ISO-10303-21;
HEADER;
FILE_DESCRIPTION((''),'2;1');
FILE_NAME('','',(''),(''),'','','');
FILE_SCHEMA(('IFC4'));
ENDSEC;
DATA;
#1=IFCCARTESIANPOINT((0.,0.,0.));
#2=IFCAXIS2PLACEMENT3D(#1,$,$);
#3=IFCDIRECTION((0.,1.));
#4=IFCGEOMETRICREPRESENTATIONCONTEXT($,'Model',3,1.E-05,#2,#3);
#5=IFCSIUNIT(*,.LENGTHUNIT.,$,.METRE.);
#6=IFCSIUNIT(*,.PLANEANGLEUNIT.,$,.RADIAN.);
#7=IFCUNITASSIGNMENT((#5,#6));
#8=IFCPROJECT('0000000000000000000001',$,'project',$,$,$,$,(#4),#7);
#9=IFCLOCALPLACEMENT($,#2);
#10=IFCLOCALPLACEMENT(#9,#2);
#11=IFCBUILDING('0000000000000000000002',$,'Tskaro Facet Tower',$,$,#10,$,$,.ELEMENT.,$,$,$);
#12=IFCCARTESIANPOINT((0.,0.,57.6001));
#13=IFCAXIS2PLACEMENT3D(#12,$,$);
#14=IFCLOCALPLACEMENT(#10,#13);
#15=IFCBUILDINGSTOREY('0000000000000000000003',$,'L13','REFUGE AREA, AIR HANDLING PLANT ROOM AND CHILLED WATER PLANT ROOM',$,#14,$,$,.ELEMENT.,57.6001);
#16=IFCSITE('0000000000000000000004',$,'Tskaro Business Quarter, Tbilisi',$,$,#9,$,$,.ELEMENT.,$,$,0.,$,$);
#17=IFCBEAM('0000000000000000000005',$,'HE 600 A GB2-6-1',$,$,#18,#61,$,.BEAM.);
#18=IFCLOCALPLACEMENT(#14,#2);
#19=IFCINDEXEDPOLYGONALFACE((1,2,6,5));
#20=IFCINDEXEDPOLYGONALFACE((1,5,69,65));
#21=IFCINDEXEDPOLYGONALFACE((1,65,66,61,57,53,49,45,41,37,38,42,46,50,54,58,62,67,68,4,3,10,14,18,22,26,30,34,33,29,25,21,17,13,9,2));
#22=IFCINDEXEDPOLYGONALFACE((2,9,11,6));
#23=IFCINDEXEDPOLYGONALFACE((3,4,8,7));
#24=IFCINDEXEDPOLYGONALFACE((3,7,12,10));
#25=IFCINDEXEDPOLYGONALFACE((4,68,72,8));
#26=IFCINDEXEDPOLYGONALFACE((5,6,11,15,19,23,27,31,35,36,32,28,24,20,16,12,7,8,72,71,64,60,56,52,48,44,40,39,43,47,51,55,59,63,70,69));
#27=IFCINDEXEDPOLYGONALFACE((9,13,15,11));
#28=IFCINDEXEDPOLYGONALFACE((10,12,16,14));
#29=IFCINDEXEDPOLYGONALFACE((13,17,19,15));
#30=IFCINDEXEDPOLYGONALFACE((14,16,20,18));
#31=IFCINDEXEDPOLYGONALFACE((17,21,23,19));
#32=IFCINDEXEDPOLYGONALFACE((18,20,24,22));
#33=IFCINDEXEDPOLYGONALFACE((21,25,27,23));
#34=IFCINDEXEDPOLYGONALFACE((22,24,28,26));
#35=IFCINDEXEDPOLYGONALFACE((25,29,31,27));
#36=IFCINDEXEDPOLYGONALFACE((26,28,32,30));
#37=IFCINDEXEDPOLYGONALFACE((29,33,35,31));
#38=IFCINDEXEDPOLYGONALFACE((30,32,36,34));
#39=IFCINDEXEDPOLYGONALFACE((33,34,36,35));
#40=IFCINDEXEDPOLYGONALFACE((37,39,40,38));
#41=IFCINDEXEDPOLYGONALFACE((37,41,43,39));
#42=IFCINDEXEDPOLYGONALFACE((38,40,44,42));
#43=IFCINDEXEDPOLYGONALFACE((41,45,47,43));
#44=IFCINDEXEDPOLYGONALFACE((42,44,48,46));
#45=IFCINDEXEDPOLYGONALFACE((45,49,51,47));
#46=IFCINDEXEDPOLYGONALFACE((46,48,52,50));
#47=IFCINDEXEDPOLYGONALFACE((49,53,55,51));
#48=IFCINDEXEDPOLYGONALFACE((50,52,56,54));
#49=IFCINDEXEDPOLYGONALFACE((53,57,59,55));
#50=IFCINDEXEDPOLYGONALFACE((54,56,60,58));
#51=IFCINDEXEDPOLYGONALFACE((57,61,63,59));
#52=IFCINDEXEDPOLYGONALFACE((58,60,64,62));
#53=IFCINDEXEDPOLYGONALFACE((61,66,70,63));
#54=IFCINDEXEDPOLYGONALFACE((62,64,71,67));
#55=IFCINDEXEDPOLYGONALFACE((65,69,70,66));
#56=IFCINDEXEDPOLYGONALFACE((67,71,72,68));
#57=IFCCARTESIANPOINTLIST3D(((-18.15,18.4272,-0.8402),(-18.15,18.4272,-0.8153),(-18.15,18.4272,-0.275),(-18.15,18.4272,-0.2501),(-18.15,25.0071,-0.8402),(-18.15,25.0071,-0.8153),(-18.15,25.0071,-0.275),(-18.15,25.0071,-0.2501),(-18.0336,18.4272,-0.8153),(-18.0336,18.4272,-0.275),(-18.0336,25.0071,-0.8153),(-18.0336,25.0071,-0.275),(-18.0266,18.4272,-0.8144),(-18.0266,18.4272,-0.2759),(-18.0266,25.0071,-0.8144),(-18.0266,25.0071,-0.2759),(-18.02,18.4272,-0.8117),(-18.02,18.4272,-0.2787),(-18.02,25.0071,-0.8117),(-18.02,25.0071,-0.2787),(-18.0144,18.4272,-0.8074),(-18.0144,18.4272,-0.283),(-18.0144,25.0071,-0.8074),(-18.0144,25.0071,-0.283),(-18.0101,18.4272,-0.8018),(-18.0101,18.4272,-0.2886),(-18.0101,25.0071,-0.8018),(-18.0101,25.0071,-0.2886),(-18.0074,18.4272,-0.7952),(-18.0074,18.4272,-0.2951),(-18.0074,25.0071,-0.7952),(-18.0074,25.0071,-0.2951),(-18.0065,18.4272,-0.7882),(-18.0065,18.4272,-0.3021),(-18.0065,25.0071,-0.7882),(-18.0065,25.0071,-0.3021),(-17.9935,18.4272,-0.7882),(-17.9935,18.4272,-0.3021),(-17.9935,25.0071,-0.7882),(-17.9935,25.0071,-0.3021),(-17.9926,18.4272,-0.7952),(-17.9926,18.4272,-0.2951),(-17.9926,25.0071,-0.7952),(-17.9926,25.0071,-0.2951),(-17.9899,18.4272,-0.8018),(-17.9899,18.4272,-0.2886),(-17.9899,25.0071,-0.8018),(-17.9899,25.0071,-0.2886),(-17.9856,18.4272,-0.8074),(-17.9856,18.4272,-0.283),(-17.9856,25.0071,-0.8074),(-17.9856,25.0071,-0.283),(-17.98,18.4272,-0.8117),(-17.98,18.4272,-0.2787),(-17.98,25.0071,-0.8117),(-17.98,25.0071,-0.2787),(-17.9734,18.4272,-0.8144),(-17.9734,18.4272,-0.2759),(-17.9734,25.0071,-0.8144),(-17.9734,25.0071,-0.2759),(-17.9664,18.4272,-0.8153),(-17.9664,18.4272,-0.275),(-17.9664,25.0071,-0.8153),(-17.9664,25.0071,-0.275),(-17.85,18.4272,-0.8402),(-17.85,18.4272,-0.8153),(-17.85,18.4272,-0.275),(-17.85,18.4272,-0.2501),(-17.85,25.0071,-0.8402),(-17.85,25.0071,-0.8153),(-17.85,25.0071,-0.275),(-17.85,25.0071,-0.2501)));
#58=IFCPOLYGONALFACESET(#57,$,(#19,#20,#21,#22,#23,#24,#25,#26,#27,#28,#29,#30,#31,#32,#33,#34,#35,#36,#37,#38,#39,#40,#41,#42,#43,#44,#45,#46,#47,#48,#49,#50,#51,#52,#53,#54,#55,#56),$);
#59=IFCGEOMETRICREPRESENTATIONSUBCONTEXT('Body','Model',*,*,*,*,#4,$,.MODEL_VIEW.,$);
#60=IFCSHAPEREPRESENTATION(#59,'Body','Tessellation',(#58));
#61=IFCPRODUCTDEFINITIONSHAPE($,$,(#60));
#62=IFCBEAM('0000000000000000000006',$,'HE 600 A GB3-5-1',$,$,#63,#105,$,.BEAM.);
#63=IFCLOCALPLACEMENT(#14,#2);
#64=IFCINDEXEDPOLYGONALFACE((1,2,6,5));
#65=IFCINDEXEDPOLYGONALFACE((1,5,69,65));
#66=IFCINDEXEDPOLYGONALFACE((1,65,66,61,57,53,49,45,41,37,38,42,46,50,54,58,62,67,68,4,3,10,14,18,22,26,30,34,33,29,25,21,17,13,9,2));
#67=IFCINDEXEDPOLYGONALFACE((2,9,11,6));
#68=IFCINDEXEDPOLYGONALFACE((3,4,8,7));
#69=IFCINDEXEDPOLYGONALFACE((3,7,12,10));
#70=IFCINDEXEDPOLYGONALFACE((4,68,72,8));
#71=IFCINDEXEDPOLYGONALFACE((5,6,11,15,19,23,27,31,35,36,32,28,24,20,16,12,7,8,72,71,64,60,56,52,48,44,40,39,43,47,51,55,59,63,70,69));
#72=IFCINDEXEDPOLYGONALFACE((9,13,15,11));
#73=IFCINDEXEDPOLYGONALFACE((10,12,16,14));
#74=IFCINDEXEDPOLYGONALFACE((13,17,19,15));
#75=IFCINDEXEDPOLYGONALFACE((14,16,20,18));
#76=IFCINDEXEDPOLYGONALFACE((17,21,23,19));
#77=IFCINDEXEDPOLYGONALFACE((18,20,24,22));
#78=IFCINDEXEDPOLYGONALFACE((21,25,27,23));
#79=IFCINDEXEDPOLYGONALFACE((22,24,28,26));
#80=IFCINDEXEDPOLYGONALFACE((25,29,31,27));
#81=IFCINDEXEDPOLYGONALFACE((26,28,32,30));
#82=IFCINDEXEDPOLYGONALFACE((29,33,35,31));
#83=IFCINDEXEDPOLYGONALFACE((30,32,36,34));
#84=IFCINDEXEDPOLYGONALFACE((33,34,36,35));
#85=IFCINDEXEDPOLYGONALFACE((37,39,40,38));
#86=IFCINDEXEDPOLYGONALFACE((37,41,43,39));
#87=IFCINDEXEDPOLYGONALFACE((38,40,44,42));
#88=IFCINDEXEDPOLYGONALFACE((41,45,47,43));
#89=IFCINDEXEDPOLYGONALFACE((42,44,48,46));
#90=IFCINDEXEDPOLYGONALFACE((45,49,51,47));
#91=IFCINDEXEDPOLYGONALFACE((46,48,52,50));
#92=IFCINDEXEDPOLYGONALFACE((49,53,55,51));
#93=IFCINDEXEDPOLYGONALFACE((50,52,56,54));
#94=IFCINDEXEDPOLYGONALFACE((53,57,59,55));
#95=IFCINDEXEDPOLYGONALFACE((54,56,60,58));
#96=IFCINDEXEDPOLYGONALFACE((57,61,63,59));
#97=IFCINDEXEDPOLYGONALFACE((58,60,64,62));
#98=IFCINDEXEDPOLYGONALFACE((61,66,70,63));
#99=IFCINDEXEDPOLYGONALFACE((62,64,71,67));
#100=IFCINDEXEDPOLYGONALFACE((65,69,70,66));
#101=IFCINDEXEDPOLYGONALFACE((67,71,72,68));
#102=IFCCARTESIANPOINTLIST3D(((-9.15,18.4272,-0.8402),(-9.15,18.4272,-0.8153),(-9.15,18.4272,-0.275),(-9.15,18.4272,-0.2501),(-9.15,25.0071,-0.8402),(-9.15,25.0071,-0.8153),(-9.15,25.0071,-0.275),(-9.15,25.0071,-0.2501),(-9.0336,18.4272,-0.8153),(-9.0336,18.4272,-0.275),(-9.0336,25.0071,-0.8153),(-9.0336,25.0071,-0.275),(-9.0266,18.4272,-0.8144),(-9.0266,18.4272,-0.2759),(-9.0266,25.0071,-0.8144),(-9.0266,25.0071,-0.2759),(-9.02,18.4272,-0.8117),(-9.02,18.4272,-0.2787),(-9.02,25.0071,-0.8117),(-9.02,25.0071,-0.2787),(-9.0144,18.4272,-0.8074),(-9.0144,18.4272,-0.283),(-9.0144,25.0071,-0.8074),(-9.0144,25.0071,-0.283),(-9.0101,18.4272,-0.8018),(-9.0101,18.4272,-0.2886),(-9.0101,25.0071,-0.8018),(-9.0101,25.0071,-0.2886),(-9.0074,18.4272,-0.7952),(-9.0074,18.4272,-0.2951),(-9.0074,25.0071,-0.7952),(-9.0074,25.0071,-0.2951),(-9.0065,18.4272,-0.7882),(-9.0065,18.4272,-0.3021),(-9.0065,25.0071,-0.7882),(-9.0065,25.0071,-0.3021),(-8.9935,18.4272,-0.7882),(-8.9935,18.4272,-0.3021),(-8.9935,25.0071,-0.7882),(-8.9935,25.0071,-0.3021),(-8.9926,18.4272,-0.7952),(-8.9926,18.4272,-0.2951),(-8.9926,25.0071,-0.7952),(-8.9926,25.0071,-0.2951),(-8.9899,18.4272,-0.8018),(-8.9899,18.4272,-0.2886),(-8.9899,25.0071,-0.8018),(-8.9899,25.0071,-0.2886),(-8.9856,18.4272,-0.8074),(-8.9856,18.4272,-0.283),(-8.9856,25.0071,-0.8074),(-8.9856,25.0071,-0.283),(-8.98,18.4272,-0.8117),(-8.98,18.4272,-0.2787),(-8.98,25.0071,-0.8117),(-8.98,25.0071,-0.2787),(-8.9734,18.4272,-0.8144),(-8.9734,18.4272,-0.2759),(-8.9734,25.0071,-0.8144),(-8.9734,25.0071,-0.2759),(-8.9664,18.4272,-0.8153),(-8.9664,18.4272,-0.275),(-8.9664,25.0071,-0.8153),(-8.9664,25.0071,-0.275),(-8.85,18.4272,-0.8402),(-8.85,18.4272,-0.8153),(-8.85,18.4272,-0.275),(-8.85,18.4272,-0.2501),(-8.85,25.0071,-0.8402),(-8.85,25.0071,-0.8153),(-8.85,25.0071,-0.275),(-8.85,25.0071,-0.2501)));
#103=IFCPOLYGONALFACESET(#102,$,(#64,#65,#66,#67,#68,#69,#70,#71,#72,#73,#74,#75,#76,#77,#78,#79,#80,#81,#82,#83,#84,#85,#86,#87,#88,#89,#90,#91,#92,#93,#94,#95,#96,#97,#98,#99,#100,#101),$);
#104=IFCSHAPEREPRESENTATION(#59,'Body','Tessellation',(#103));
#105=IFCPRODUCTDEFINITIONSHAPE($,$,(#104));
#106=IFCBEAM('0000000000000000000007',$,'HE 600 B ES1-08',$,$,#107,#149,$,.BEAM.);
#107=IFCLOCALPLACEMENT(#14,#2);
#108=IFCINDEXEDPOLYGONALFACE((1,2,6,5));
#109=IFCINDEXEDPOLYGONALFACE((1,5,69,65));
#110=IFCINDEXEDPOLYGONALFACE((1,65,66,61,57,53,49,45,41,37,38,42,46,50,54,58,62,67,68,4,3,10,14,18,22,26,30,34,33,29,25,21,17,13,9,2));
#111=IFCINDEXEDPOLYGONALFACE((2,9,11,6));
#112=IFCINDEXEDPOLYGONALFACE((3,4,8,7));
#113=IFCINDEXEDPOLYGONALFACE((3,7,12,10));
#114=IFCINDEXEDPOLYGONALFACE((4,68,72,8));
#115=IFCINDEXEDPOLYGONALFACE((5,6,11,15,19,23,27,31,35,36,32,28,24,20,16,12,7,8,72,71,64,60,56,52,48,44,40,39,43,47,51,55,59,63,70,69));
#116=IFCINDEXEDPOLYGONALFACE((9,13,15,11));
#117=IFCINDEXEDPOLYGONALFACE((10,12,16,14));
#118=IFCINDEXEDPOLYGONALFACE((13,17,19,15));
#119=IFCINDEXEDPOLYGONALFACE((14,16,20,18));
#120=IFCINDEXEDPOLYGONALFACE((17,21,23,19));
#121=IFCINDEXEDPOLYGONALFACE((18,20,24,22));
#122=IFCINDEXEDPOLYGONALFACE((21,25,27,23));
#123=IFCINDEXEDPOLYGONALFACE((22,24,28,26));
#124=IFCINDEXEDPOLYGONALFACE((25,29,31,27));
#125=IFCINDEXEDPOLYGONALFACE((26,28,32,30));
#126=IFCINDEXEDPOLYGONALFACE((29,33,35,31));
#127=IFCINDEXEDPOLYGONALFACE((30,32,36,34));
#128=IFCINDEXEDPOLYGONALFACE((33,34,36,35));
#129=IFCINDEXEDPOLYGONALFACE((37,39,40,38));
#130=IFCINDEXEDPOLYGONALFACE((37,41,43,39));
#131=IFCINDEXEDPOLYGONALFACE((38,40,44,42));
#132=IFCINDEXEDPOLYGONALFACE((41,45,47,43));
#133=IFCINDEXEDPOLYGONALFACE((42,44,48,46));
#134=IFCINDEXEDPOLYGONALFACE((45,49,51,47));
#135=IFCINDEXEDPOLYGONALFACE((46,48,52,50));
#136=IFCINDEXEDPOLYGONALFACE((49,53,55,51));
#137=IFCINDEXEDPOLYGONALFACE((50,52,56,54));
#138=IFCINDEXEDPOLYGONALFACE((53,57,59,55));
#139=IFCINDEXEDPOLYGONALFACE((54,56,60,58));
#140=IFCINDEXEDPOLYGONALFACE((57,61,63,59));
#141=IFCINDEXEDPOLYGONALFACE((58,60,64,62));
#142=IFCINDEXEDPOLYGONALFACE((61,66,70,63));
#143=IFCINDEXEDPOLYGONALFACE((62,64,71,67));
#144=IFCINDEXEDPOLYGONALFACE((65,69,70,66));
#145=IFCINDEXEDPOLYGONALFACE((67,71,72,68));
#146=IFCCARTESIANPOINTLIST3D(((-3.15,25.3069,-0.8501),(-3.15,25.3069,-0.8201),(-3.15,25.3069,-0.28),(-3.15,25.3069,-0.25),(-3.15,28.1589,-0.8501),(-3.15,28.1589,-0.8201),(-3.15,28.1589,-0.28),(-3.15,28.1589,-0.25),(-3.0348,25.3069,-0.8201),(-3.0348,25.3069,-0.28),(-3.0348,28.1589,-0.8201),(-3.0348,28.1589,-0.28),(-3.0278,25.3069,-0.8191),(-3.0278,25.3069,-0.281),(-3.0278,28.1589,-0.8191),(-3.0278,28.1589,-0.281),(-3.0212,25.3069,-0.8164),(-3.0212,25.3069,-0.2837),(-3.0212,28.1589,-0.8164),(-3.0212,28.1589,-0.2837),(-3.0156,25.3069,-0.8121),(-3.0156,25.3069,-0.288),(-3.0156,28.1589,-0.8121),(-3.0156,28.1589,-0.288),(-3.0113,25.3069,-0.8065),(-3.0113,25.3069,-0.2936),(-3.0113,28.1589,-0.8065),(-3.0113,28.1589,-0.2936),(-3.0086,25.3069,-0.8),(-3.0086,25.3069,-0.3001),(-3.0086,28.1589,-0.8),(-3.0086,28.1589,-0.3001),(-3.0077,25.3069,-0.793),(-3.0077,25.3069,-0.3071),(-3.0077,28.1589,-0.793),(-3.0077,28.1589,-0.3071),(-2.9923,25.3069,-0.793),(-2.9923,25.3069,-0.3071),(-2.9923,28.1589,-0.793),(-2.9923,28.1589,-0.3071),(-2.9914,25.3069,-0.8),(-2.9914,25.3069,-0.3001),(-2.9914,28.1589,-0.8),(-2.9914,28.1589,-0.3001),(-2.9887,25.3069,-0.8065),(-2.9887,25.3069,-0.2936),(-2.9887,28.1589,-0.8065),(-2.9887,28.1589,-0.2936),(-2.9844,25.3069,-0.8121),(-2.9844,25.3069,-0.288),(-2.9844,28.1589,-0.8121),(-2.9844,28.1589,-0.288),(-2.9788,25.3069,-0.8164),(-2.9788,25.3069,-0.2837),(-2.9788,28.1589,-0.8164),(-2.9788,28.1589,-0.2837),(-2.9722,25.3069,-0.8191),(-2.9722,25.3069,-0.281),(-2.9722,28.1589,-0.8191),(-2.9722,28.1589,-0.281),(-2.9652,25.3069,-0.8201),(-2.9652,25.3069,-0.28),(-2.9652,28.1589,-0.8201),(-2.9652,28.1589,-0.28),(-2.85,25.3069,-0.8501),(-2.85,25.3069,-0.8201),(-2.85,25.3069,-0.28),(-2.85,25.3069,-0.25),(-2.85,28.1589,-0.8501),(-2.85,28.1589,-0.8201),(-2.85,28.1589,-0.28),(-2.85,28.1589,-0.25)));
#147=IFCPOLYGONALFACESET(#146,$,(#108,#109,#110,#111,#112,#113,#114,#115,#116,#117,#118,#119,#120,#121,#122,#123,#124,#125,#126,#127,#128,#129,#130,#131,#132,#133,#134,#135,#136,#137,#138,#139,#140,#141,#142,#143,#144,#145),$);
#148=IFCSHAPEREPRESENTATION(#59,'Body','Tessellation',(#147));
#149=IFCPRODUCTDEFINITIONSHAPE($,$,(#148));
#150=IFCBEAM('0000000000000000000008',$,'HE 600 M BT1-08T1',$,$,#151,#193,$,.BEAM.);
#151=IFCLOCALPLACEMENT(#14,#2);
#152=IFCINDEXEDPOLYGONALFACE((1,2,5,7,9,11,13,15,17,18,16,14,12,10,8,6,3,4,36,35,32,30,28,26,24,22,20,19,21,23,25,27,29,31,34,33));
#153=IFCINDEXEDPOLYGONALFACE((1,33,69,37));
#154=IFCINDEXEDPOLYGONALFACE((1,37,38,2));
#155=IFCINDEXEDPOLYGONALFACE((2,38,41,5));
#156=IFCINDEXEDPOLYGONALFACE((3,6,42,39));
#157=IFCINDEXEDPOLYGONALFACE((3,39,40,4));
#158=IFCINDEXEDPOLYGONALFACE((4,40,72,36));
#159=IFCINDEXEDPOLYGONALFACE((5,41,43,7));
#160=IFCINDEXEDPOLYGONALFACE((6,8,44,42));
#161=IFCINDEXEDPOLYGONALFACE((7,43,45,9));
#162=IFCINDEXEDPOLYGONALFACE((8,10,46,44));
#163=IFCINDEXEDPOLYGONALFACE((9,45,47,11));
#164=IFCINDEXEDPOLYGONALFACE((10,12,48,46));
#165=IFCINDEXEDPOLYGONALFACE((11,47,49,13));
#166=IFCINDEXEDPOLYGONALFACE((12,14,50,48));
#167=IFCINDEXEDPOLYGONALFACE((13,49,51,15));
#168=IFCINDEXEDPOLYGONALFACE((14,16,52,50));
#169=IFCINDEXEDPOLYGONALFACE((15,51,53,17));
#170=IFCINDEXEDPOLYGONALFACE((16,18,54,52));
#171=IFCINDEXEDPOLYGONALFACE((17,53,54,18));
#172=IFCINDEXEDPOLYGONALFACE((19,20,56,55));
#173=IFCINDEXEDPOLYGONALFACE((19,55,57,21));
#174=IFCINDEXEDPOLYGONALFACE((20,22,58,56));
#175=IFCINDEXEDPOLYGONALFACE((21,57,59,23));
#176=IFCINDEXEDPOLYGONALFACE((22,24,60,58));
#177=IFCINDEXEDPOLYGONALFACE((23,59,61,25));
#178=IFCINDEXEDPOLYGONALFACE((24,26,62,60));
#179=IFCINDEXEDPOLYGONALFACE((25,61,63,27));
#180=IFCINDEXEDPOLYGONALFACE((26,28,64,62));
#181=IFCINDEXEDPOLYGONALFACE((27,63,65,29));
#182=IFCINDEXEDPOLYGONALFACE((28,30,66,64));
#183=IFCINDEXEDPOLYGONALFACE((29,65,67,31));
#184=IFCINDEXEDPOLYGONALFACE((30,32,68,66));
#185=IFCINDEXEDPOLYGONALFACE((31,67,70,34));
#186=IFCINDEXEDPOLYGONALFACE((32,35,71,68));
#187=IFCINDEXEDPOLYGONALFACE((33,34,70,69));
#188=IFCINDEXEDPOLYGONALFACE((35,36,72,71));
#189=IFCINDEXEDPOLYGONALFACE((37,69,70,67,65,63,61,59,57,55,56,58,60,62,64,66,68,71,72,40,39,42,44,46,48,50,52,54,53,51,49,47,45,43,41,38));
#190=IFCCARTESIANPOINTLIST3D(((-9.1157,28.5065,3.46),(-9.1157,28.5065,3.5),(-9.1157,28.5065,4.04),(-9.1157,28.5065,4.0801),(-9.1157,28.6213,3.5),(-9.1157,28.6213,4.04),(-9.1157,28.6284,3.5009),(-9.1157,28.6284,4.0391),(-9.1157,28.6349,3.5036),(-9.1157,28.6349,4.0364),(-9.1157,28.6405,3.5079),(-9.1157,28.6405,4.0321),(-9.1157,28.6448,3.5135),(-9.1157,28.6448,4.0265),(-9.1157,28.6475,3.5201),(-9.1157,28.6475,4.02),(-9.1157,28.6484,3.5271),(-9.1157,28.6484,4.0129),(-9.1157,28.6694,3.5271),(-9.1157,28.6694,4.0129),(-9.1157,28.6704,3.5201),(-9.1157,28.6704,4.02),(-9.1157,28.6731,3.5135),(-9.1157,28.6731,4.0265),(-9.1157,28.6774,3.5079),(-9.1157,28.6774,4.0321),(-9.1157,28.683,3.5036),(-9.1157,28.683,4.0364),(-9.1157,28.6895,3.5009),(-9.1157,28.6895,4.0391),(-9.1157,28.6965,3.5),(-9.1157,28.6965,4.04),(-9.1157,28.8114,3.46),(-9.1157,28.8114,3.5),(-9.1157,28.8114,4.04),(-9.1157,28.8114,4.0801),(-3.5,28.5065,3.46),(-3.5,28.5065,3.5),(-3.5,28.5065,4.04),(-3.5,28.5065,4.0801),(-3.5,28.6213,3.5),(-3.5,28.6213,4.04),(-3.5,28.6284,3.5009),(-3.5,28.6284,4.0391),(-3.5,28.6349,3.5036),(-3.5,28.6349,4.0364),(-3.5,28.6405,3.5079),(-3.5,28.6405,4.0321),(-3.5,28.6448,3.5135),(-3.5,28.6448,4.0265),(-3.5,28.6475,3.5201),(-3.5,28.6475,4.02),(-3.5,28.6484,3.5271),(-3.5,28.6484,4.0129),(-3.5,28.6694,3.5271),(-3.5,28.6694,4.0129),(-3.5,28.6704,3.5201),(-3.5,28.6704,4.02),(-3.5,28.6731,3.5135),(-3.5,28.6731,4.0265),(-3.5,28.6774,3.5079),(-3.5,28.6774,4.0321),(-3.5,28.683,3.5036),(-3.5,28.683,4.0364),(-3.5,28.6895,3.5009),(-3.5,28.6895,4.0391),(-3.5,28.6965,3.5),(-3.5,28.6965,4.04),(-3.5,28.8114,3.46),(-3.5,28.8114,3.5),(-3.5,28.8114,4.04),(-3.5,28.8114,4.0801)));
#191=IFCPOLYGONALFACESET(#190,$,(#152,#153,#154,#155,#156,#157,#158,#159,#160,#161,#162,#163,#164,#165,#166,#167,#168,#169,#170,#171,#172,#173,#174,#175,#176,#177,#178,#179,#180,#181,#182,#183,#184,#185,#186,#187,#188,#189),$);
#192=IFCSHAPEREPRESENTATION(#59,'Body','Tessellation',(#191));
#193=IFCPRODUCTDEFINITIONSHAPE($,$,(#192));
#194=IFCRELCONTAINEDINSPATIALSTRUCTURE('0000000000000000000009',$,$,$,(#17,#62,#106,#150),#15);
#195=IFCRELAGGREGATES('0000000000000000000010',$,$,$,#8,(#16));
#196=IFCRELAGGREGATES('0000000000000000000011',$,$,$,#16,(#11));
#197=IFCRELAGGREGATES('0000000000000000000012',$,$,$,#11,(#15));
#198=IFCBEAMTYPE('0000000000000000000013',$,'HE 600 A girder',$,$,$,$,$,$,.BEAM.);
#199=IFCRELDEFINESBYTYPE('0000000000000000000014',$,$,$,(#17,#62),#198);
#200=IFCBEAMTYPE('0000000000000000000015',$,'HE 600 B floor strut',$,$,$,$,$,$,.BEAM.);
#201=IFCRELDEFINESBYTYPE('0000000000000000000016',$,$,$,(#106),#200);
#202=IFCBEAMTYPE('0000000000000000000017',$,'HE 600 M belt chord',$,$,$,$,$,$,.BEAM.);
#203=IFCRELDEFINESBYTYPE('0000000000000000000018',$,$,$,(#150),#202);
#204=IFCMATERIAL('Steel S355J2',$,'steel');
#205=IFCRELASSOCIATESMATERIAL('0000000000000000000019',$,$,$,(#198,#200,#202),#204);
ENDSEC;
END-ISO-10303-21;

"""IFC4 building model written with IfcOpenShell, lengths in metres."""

from ifc_helpers import new_model, si_unit, direction, frame, origin, origin_2d, place, context, subcontext, project, spatial, i_section, extrude, material, material_profile, profile_set, type_object, element, save


model = new_model("IFC4")

# Units and contexts
model_context = context("Model", 3, precision=1e-05, world=origin(), true_north=direction((0.0, 1.0)))
body_context = subcontext(model_context, "Body", "Model", "MODEL_VIEW")
ifc_project = project(units=[si_unit("LENGTHUNIT", "METRE"), si_unit("PLANEANGLEUNIT", "RADIAN")], contexts=[model_context])

# Site, building, storey
site_placement = place(None, origin())
site = spatial("IfcSite", under=ifc_project, at=site_placement, Name="Tskaro Business Quarter, Tbilisi", CompositionType="ELEMENT", RefElevation=0.0)
building_placement = place(site_placement, origin())
building = spatial("IfcBuilding", under=site, at=building_placement, Name="Tskaro Facet Tower", CompositionType="ELEMENT")
storey_placement = place(building_placement, frame((0.0, 0.0, 57.6001)))
storey = spatial("IfcBuildingStorey", under=building, at=storey_placement, Name="L13", Description="REFUGE AREA, AIR HANDLING PLANT ROOM AND CHILLED WATER PLANT ROOM", CompositionType="ELEMENT", Elevation=57.6001)

# Shared definitions
ifc_material_1 = material(Name="Steel S355J2", Category="steel")

# Beams
ifc_material_profile_1 = material_profile(ifc_material_1, i_section(OverallWidth=0.3, OverallDepth=0.5901, WebThickness=0.0129, FlangeThickness=0.0249, FilletRadius=0.0271, at=origin_2d()), Name="HE 600 A")
ifc_profile_set_1 = profile_set([ifc_material_profile_1], Name="Steel S355J2")
beam_type_1 = type_object("IfcBeamType", Name="HE 600 A girder", PredefinedType="BEAM", material=ifc_profile_set_1)
for number, where, z_axis, x_axis, name in (
    (1, (-18.0, 18.4272, -0.5452), (0.0, 1.0, 0.0), (-1.0, 0.0, 0.0), "HE 600 A GB2-6-1"),
    (2, (-9.0, 18.4272, -0.5452), (0.0, 1.0, 0.0), (-1.0, 0.0, 0.0), "HE 600 A GB3-5-1"),
):
    element("IfcBeam", number, at=place(storey_placement, frame(where, z_axis=z_axis, x_axis=x_axis)), inside=storey, type_object=beam_type_1, Name=name, PredefinedType="BEAM", context=body_context, shape_type="SweptSolid", body=[
        extrude(i_section(OverallWidth=0.3, OverallDepth=0.5901, WebThickness=0.0129, FlangeThickness=0.0249, FilletRadius=0.0271, at=origin_2d()), origin(), (0.0, 0.0, 1.0), 6.5798),
    ])
ifc_material_profile_2 = material_profile(ifc_material_1, i_section(OverallWidth=0.3, OverallDepth=0.6001, WebThickness=0.0154, FlangeThickness=0.03, FilletRadius=0.0271, at=origin_2d()), Name="HE 600 B")
ifc_profile_set_2 = profile_set([ifc_material_profile_2], Name="Steel S355J2")
beam_type_2 = type_object("IfcBeamType", Name="HE 600 B floor strut", PredefinedType="BEAM", material=ifc_profile_set_2)
beam_1_placement = place(storey_placement, frame((-3.0, 28.1589, -0.55), z_axis=(0.0, -1.0, 0.0), x_axis=(1.0, 0.0, 0.0)))
element("IfcBeam", 3, at=beam_1_placement, inside=storey, type_object=beam_type_2, Name="HE 600 B ES1-08", PredefinedType="BEAM", context=body_context, shape_type="SweptSolid", body=[
    extrude(i_section(OverallWidth=0.3, OverallDepth=0.6001, WebThickness=0.0154, FlangeThickness=0.03, FilletRadius=0.0271, at=origin_2d()), origin(), (0.0, 0.0, 1.0), 2.8521),
])
ifc_material_profile_3 = material_profile(ifc_material_1, i_section(OverallWidth=0.3049, OverallDepth=0.6201, WebThickness=0.021, FlangeThickness=0.04, FilletRadius=0.0271, at=origin_2d()), Name="HE 600 M")
ifc_profile_set_3 = profile_set([ifc_material_profile_3], Name="Steel S355J2")
beam_type_3 = type_object("IfcBeamType", Name="HE 600 M belt chord", PredefinedType="BEAM", material=ifc_profile_set_3)
beam_2_placement = place(storey_placement, frame((-3.5, 28.6589, 3.77), z_axis=(-1.0, 0.0, 0.0), x_axis=(0.0, -1.0, 0.0)))
element("IfcBeam", 4, at=beam_2_placement, inside=storey, type_object=beam_type_3, Name="HE 600 M BT1-08T1", PredefinedType="BEAM", context=body_context, shape_type="SweptSolid", body=[
    extrude(i_section(OverallWidth=0.3049, OverallDepth=0.6201, WebThickness=0.021, FlangeThickness=0.04, FilletRadius=0.0271, at=origin_2d()), origin(), (0.0, 0.0, 1.0), 5.6157),
])

save(model, "model.ifc")
